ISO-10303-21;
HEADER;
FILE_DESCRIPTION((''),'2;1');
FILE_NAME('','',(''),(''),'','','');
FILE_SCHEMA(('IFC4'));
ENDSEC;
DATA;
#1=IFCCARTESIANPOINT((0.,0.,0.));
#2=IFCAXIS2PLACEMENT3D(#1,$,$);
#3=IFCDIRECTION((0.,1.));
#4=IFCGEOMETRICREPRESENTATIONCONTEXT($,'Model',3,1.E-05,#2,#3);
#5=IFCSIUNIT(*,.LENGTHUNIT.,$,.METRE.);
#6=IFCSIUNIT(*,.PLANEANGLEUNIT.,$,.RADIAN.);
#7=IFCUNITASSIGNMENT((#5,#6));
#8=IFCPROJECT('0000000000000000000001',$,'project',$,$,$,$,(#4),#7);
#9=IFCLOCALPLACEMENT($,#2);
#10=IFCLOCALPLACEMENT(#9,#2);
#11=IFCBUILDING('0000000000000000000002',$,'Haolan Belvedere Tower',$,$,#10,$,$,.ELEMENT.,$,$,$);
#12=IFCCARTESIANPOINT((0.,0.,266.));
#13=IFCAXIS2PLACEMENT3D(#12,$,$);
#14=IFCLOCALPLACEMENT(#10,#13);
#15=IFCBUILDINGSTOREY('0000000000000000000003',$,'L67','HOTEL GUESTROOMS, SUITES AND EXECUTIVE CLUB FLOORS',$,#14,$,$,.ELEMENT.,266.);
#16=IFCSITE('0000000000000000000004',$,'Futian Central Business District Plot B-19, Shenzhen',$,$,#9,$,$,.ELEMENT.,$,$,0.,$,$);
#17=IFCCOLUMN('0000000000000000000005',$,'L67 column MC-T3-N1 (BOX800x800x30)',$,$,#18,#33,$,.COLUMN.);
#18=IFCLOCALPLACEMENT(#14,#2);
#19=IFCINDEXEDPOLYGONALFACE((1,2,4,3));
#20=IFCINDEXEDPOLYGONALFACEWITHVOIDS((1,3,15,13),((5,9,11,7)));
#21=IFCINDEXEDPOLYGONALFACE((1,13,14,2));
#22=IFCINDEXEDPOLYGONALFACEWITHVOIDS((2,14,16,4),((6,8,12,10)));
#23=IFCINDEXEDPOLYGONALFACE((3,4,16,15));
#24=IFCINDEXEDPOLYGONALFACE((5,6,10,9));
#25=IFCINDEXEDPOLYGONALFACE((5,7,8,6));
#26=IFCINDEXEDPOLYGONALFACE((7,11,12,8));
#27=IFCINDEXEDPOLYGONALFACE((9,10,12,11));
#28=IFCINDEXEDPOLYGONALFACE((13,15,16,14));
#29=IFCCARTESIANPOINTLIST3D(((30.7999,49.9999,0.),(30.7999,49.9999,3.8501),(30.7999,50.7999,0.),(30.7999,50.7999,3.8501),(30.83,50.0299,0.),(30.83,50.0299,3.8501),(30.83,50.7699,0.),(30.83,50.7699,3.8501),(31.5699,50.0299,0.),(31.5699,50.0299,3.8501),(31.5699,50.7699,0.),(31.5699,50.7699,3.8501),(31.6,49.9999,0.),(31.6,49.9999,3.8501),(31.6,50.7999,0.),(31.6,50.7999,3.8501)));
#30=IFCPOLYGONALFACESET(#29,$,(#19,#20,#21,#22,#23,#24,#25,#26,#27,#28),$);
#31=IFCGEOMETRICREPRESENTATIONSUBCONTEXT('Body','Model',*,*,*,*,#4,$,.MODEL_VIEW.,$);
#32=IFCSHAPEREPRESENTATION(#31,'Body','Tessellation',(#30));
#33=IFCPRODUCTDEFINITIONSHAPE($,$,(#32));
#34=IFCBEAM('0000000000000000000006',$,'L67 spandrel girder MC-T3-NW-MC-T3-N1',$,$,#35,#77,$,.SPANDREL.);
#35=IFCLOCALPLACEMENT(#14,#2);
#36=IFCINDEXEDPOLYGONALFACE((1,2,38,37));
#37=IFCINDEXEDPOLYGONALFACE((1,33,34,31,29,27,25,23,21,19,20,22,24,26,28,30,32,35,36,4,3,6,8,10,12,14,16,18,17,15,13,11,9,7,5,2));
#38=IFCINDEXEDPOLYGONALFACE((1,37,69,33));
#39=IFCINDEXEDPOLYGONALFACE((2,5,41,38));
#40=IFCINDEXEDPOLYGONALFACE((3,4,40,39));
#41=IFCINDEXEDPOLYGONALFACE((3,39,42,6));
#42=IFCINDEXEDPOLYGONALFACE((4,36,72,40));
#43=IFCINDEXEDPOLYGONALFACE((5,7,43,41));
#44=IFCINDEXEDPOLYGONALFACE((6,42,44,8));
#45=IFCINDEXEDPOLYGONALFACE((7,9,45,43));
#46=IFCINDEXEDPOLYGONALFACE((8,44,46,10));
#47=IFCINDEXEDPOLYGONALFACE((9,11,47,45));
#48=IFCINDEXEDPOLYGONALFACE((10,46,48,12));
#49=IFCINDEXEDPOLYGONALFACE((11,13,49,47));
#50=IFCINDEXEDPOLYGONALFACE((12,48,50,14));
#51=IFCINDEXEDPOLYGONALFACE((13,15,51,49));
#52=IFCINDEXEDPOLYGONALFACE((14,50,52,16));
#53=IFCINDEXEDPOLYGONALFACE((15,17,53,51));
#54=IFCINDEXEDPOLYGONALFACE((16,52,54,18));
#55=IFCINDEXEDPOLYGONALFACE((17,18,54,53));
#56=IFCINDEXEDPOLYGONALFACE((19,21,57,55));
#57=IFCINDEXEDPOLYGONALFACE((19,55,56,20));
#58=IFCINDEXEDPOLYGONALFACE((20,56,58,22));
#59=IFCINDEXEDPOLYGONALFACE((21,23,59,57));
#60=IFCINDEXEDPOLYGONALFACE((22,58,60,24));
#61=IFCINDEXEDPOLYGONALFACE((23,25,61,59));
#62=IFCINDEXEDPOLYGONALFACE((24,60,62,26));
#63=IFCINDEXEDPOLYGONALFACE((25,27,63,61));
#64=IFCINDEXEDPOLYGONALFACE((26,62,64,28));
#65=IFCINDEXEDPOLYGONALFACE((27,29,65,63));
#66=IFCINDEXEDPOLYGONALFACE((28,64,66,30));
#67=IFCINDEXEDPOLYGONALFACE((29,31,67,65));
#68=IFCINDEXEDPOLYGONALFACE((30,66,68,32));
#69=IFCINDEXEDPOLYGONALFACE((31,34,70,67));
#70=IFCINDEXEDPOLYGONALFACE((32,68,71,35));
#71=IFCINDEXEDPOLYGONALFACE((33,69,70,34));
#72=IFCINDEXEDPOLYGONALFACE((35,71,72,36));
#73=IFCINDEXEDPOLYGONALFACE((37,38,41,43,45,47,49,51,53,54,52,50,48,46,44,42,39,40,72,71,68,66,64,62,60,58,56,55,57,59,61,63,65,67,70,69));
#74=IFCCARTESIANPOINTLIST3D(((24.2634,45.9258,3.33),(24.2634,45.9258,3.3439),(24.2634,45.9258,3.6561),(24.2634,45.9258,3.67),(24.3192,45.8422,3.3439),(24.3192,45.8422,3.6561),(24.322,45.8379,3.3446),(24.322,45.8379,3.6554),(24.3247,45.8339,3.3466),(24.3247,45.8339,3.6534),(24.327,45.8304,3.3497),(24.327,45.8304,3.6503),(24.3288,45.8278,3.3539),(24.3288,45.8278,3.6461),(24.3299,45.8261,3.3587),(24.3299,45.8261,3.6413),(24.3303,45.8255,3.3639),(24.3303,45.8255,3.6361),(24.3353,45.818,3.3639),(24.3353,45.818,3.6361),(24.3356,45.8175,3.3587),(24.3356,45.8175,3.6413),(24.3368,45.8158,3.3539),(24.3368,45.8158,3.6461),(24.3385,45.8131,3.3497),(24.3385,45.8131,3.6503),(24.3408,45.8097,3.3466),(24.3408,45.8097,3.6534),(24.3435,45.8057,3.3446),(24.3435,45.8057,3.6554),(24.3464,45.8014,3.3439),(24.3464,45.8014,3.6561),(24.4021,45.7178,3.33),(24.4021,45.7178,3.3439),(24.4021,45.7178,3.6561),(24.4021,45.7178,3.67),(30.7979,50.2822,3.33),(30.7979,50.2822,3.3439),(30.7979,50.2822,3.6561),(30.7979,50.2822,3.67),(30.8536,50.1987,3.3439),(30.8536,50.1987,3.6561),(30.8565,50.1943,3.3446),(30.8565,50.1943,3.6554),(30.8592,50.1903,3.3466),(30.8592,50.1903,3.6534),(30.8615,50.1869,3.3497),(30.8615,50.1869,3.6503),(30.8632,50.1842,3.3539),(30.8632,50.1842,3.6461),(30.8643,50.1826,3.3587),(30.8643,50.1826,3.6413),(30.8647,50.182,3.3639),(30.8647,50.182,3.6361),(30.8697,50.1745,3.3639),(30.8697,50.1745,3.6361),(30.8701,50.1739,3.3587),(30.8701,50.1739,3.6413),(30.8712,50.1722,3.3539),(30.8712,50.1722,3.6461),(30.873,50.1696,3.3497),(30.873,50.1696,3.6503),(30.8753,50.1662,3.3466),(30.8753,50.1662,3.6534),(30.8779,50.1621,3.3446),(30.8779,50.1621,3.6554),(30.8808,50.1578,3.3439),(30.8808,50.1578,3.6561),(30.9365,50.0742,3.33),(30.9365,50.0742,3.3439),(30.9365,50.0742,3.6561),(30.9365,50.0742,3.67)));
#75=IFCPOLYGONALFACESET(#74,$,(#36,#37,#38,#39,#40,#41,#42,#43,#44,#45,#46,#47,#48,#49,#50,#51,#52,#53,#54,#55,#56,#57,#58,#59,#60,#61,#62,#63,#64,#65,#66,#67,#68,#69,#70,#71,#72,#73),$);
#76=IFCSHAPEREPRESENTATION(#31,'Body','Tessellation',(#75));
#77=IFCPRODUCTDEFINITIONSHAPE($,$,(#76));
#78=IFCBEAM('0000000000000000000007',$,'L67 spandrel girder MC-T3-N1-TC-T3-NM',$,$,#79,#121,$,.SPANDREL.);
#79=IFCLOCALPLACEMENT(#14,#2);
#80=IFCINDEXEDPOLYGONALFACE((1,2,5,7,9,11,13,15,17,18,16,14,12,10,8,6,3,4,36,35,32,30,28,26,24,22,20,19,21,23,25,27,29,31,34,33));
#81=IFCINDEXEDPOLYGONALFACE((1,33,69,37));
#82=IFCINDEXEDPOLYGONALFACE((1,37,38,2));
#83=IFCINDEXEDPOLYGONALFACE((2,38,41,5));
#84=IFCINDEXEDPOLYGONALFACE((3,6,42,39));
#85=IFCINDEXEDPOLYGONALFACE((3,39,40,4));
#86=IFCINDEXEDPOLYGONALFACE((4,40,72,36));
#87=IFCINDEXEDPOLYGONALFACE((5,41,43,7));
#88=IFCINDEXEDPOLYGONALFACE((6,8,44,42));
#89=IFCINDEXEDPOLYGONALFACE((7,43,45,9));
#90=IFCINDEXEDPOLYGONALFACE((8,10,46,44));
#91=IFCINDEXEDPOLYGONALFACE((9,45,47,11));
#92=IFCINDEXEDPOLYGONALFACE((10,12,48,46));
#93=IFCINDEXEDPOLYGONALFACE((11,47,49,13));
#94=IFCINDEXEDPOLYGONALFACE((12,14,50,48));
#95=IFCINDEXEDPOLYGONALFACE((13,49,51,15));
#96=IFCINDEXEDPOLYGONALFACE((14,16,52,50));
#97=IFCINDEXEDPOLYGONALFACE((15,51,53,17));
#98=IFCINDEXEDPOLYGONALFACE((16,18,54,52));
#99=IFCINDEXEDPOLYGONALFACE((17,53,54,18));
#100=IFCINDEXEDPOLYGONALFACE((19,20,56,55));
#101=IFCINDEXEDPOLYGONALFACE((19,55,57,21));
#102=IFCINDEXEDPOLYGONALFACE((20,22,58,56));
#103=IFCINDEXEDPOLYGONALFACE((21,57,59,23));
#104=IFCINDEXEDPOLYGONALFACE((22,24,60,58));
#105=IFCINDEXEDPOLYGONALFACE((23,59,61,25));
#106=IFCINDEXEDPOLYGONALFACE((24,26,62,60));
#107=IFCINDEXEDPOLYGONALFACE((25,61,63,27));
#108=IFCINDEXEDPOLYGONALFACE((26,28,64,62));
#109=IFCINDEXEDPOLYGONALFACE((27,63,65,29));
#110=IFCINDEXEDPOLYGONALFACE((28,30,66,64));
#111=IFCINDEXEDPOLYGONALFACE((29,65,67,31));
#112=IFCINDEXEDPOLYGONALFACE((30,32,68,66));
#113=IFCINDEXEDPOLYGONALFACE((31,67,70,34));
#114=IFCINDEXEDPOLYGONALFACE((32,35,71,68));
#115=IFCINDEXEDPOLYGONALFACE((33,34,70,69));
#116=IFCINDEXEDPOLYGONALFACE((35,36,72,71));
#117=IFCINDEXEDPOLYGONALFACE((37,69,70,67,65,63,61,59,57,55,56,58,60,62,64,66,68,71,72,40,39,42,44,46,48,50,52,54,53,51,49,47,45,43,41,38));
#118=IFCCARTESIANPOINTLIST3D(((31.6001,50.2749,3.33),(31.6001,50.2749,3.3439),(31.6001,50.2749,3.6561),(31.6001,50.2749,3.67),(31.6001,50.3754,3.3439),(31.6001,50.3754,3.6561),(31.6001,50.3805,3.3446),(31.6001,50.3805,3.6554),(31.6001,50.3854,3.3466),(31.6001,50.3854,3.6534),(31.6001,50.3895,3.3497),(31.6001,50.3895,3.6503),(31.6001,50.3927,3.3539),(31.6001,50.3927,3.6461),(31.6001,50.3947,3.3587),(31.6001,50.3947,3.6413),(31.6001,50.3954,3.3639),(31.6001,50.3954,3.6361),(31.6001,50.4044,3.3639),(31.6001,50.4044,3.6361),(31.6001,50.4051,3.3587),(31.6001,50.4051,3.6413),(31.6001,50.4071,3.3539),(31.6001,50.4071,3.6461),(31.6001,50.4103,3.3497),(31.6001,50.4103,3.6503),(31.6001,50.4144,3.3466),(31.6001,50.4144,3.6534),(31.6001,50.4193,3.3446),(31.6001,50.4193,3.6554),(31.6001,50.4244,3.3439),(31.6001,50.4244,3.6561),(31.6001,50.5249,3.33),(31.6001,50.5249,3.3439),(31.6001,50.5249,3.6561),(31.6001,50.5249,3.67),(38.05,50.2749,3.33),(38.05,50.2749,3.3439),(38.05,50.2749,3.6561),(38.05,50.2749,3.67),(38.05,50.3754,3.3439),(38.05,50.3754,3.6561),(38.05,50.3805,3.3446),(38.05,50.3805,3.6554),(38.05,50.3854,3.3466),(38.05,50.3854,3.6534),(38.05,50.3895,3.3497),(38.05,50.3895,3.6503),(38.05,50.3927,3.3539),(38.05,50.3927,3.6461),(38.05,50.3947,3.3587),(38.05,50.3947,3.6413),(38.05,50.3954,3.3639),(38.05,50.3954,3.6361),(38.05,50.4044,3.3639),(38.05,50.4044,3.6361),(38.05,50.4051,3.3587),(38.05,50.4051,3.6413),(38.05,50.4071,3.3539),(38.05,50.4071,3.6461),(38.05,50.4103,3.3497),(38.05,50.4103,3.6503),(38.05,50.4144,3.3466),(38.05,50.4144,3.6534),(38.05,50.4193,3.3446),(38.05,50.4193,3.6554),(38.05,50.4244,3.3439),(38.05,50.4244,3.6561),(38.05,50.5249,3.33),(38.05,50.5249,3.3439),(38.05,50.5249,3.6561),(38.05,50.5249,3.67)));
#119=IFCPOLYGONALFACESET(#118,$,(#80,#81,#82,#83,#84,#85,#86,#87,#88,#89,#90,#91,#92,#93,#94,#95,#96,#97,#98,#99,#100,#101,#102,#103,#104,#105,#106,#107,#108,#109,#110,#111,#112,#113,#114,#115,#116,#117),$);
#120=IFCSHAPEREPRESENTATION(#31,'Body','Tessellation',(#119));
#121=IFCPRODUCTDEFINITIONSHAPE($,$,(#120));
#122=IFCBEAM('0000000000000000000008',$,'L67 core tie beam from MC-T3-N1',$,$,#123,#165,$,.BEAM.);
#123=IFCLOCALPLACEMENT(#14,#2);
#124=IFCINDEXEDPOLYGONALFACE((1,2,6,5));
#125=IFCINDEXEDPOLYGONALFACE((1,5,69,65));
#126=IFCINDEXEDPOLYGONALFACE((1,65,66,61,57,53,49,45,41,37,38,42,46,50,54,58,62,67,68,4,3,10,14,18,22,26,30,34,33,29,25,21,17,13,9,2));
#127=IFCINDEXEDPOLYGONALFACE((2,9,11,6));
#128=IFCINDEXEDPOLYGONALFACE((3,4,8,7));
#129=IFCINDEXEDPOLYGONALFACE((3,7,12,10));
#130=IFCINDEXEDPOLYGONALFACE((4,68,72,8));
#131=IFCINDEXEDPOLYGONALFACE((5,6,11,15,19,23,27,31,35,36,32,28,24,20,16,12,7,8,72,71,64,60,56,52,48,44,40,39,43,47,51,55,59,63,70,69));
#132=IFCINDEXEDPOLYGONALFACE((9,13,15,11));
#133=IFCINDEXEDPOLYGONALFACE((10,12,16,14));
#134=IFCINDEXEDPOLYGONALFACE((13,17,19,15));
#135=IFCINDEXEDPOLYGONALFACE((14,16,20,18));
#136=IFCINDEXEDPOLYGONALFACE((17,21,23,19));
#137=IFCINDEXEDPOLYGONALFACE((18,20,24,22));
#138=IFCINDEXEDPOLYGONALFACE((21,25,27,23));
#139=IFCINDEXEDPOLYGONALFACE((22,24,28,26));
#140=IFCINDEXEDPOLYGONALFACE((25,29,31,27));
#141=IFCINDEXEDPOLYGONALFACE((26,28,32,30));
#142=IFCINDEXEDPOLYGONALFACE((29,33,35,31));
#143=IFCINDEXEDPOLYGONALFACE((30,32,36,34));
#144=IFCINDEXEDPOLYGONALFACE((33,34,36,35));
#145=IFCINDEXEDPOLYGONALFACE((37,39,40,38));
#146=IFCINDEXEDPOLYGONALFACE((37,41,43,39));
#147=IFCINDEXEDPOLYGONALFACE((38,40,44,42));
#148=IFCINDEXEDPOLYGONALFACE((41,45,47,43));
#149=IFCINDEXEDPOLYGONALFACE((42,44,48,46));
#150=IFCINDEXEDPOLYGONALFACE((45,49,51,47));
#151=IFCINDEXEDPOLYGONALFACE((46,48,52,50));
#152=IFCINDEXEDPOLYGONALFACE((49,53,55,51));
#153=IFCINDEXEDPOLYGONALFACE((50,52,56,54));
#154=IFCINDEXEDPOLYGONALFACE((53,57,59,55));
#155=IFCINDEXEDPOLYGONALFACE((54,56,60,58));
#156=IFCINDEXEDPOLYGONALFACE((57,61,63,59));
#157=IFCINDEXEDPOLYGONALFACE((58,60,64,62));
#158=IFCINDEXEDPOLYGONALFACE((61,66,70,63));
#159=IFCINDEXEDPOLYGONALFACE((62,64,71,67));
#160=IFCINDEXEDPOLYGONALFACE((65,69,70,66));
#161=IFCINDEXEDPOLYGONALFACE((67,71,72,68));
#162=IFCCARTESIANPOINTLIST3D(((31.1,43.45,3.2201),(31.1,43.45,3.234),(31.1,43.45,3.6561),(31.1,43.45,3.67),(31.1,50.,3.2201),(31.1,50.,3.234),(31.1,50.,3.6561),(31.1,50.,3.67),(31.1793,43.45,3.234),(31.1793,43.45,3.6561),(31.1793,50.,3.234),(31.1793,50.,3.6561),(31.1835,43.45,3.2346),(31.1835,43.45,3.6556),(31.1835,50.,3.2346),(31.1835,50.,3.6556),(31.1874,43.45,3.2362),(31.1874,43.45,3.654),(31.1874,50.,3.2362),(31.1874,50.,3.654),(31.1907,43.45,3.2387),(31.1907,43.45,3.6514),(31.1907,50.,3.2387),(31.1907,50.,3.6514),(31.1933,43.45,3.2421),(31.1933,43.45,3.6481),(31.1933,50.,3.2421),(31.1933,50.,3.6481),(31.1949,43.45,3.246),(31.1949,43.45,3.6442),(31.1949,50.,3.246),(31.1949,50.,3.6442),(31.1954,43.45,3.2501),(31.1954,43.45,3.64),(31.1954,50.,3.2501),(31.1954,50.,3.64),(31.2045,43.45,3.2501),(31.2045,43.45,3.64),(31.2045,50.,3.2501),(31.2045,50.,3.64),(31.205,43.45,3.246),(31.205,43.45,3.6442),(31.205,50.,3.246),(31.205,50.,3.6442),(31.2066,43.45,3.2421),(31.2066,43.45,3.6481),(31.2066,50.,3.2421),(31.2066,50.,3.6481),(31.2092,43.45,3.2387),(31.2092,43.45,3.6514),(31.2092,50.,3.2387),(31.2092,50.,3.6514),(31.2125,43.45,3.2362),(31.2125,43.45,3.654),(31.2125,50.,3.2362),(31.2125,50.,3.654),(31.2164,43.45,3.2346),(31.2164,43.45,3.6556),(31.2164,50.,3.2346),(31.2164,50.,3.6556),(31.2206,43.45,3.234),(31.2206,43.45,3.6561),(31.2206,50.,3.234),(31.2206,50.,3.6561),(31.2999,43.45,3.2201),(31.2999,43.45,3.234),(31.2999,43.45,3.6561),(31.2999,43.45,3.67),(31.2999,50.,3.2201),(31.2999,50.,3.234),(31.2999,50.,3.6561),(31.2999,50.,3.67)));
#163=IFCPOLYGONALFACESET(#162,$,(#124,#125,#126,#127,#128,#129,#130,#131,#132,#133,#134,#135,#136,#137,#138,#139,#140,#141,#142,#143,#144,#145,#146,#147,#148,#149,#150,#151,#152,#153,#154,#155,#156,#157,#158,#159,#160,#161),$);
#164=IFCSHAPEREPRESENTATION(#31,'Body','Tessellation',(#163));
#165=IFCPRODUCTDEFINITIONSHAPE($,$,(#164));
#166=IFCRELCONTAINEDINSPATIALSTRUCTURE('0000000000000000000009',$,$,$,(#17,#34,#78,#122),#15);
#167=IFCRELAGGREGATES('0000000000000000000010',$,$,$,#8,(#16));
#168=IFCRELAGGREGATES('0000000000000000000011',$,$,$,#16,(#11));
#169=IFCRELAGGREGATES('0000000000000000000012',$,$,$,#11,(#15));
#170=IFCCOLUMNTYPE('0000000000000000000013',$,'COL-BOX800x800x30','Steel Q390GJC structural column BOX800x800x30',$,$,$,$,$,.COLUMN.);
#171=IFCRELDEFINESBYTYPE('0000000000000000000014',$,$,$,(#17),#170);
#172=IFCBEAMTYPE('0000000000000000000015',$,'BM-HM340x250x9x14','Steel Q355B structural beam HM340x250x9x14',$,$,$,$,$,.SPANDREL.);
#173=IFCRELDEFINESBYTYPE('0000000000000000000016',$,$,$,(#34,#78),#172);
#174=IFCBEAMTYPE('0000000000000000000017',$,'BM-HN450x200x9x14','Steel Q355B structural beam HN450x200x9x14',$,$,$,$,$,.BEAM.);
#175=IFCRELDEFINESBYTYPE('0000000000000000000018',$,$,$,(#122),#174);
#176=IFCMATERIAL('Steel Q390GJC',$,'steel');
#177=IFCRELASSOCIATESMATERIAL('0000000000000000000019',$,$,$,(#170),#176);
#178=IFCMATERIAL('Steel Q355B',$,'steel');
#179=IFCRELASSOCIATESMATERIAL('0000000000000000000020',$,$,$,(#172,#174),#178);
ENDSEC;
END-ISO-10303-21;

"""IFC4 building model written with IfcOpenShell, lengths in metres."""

from ifc_helpers import new_model, si_unit, direction, frame, origin, origin_2d, place, context, subcontext, project, spatial, hollow_rectangle, i_section, extrude, material, material_profile, profile_set, type_object, element, save


model = new_model("IFC4")

# Units and contexts
model_context = context("Model", 3, precision=1e-05, world=origin(), true_north=direction((0.0, 1.0)))
body_context = subcontext(model_context, "Body", "Model", "MODEL_VIEW")
ifc_project = project(units=[si_unit("LENGTHUNIT", "METRE"), si_unit("PLANEANGLEUNIT", "RADIAN")], contexts=[model_context])

# Site, building, storey
site_placement = place(None, origin())
site = spatial("IfcSite", under=ifc_project, at=site_placement, Name="Futian Central Business District Plot B-19, Shenzhen", CompositionType="ELEMENT", RefElevation=0.0)
building_placement = place(site_placement, origin())
building = spatial("IfcBuilding", under=site, at=building_placement, Name="Haolan Belvedere Tower", CompositionType="ELEMENT")
storey_placement = place(building_placement, frame((0.0, 0.0, 266.0)))
storey = spatial("IfcBuildingStorey", under=building, at=storey_placement, Name="L67", Description="HOTEL GUESTROOMS, SUITES AND EXECUTIVE CLUB FLOORS", CompositionType="ELEMENT", Elevation=266.0)

# Column
ifc_material_1 = material(Name="Steel Q390GJC", Category="steel")
ifc_material_profile_1 = material_profile(ifc_material_1, hollow_rectangle(XDim=0.8, YDim=0.8, WallThickness=0.03, at=origin_2d()), Name="Steel Q390GJC")
ifc_profile_set_1 = profile_set([ifc_material_profile_1], Name="Steel Q390GJC")
column_type = type_object("IfcColumnType", Name="COL-BOX800x800x30", Description="Steel Q390GJC structural column BOX800x800x30", PredefinedType="COLUMN", material=ifc_profile_set_1)
column_placement = place(storey_placement, frame((31.2, 50.3999, 0.0), z_axis=(0.0, 0.0, 1.0), x_axis=(1.0, 0.0, 0.0)))
element("IfcColumn", 1, at=column_placement, inside=storey, type_object=column_type, Name="L67 column MC-T3-N1 (BOX800x800x30)", PredefinedType="COLUMN", context=body_context, shape_type="SweptSolid", body=[
    extrude(hollow_rectangle(XDim=0.8, YDim=0.8, WallThickness=0.03, at=origin_2d()), origin(), (0.0, 0.0, 1.0), 3.8501),
])

# Beams
ifc_material_2 = material(Name="Steel Q355B", Category="steel")
ifc_material_profile_2 = material_profile(ifc_material_2, i_section(OverallWidth=0.25, OverallDepth=0.3401, WebThickness=0.009, FlangeThickness=0.0139, FilletRadius=0.02, at=origin_2d()), Name="Steel Q355B")
ifc_profile_set_2 = profile_set([ifc_material_profile_2], Name="Steel Q355B")
beam_type_1 = type_object("IfcBeamType", Name="BM-HM340x250x9x14", Description="Steel Q355B structural beam HM340x250x9x14", PredefinedType="SPANDREL", material=ifc_profile_set_2)
beam_1_placement = place(storey_placement, frame((24.3328, 45.8218, 3.5), z_axis=(0.832041, 0.554715, 0.0), x_axis=(-0.554715, 0.832041, 0.0)))
element("IfcBeam", 2, at=beam_1_placement, inside=storey, type_object=beam_type_1, Name="L67 spandrel girder MC-T3-NW-MC-T3-N1", PredefinedType="SPANDREL", context=body_context, shape_type="SweptSolid", body=[
    extrude(i_section(OverallWidth=0.25, OverallDepth=0.3401, WebThickness=0.009, FlangeThickness=0.0139, FilletRadius=0.02, at=origin_2d()), origin(), (0.0, 0.0, 1.0), 7.8535),
])
beam_2_placement = place(storey_placement, frame((31.6001, 50.3999, 3.5), z_axis=(1.0, 0.0, 0.0), x_axis=(0.0, 1.0, 0.0)))
element("IfcBeam", 3, at=beam_2_placement, inside=storey, type_object=beam_type_1, Name="L67 spandrel girder MC-T3-N1-TC-T3-NM", PredefinedType="SPANDREL", context=body_context, shape_type="SweptSolid", body=[
    extrude(i_section(OverallWidth=0.25, OverallDepth=0.3401, WebThickness=0.009, FlangeThickness=0.0139, FilletRadius=0.02, at=origin_2d()), origin(), (0.0, 0.0, 1.0), 6.45),
])
ifc_material_profile_3 = material_profile(ifc_material_2, i_section(OverallWidth=0.2, OverallDepth=0.45, WebThickness=0.009, FlangeThickness=0.0139, FilletRadius=0.0161, at=origin_2d()), Name="Steel Q355B")
ifc_profile_set_3 = profile_set([ifc_material_profile_3], Name="Steel Q355B")
beam_type_2 = type_object("IfcBeamType", Name="BM-HN450x200x9x14", Description="Steel Q355B structural beam HN450x200x9x14", PredefinedType="BEAM", material=ifc_profile_set_3)
beam_3_placement = place(storey_placement, frame((31.2, 50.0, 3.4451), z_axis=(0.0, -1.0, 0.0), x_axis=(1.0, 0.0, 0.0)))
element("IfcBeam", 4, at=beam_3_placement, inside=storey, type_object=beam_type_2, Name="L67 core tie beam from MC-T3-N1", PredefinedType="BEAM", context=body_context, shape_type="SweptSolid", body=[
    extrude(i_section(OverallWidth=0.2, OverallDepth=0.45, WebThickness=0.009, FlangeThickness=0.0139, FilletRadius=0.0161, at=origin_2d()), origin(), (0.0, 0.0, 1.0), 6.55),
])

save(model, "model.ifc")
